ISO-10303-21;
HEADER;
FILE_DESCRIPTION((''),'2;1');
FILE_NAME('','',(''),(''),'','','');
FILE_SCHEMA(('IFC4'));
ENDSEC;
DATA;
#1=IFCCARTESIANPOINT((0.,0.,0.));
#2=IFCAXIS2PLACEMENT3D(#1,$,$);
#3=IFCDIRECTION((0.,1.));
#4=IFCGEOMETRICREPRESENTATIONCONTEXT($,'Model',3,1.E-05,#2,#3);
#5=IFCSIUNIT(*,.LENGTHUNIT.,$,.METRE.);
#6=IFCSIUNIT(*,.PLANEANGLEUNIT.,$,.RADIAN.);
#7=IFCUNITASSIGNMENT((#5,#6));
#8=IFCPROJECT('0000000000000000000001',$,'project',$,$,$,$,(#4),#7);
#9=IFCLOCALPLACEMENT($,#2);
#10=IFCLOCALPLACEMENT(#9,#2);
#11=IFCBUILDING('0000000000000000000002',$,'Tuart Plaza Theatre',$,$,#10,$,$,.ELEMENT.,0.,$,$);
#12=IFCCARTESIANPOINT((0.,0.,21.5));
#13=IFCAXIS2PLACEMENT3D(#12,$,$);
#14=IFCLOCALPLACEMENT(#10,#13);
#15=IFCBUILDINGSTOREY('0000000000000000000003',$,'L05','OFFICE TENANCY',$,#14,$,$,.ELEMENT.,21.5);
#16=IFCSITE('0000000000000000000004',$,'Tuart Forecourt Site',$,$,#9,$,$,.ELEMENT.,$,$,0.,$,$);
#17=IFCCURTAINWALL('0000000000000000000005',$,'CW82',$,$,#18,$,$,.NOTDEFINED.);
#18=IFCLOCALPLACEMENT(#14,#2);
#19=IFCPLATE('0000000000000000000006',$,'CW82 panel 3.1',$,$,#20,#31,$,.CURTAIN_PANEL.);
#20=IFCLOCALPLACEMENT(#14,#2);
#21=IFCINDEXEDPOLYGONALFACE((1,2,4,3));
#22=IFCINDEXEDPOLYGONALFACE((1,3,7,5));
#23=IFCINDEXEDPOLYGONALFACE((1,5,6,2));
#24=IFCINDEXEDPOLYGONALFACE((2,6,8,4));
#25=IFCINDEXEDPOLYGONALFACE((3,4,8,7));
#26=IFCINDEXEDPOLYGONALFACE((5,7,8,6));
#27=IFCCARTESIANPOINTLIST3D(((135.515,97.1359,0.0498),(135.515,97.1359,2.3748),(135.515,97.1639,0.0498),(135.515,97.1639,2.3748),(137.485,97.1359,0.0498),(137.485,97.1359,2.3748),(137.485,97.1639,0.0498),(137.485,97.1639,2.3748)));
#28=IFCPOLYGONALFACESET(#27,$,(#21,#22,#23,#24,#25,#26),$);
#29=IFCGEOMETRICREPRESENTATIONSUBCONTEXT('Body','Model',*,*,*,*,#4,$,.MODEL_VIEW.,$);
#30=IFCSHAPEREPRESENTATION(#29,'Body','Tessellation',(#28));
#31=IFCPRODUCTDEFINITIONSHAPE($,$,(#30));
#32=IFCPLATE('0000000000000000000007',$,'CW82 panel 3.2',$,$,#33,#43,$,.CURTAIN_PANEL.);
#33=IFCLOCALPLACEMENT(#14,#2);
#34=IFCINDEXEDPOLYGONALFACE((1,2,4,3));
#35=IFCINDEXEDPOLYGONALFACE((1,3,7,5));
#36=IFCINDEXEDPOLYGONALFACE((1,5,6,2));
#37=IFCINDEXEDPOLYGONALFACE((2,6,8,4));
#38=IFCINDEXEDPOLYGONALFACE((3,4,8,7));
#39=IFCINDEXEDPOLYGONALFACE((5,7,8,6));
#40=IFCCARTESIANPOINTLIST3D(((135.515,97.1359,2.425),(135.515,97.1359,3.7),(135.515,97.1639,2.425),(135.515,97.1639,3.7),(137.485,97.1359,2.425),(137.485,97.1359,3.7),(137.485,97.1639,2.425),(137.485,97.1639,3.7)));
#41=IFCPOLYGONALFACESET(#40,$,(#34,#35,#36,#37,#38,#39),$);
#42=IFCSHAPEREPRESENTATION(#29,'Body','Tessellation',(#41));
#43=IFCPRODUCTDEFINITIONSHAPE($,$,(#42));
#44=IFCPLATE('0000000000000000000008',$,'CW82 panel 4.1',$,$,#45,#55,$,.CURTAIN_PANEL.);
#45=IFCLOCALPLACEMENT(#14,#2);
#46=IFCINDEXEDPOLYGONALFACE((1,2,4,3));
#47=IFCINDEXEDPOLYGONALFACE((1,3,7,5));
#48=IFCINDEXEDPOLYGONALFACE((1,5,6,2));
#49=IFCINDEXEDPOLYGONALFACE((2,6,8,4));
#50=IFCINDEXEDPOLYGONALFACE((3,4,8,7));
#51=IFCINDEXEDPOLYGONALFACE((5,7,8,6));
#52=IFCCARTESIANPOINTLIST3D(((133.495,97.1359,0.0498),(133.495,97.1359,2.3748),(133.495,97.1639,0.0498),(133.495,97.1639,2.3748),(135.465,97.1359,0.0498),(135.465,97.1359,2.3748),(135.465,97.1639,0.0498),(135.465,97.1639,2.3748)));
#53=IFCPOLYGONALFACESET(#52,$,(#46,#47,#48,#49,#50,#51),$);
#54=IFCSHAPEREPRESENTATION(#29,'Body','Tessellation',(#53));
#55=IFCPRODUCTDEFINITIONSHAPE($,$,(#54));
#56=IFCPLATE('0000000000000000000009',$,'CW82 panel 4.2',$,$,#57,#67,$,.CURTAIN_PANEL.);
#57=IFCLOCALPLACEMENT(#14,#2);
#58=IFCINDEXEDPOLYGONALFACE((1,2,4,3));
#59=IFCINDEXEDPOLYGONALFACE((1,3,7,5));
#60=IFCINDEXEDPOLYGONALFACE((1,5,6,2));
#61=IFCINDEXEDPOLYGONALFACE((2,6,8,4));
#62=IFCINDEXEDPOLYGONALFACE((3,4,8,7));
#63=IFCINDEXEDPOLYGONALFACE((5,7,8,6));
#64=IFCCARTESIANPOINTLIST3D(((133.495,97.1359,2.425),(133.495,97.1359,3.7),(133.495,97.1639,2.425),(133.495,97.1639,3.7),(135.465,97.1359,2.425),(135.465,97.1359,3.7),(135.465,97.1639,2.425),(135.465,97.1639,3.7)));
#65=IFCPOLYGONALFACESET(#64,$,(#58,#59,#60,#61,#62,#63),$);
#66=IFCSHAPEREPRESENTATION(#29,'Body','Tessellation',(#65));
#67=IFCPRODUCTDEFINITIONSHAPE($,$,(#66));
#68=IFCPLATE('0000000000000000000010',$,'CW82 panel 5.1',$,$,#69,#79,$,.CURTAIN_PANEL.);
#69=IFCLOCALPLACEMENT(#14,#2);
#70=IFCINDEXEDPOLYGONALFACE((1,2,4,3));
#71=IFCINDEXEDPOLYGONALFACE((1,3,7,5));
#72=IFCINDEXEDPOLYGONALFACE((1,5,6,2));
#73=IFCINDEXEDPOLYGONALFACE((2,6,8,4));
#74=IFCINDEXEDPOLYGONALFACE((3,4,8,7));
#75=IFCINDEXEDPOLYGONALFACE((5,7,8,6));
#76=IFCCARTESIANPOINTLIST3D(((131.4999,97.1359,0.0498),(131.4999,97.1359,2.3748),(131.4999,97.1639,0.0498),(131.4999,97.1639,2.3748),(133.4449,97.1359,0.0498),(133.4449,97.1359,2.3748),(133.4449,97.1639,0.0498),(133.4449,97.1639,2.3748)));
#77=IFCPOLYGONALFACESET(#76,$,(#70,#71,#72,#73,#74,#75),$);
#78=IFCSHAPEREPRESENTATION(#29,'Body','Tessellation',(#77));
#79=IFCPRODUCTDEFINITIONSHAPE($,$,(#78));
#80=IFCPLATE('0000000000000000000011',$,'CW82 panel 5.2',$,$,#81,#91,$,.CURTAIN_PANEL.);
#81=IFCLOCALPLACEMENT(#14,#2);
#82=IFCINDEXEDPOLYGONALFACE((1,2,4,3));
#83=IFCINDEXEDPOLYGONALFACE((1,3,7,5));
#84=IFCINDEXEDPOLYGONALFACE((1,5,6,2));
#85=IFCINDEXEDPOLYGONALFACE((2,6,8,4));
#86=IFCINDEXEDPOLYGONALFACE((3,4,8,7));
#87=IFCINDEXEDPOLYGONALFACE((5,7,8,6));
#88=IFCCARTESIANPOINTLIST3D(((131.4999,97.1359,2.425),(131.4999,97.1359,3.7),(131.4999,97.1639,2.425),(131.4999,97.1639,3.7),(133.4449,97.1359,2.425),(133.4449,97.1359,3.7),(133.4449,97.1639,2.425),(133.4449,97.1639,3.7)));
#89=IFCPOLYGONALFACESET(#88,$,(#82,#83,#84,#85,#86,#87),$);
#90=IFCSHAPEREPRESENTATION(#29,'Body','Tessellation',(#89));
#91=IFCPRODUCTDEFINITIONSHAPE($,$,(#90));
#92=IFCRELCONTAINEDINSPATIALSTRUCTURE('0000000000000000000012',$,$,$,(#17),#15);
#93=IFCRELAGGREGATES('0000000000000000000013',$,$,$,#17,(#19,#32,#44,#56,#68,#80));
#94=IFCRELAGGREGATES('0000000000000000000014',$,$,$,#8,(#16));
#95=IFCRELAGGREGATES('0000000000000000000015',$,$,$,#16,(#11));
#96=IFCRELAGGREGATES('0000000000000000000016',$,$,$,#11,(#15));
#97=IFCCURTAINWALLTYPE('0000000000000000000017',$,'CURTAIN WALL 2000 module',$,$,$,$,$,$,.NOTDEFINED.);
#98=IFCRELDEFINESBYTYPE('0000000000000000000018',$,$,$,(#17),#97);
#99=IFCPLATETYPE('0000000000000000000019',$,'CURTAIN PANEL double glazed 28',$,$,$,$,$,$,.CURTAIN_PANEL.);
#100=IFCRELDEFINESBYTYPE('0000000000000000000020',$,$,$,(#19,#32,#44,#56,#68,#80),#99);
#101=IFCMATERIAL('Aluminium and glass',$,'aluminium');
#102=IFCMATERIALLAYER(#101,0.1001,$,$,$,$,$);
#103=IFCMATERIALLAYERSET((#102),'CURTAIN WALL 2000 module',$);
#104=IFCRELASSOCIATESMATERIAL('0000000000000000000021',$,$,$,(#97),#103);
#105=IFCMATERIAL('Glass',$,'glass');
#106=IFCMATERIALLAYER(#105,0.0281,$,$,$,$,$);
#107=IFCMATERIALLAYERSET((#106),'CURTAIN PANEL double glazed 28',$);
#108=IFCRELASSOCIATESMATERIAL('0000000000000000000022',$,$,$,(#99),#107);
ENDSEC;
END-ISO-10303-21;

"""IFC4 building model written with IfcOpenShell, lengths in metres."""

from ifc_helpers import new_model, si_unit, direction, frame, origin, origin_2d, place, context, subcontext, project, spatial, rectangle, extrude, material, layer, layer_set, type_object, element, aggregate, save


model = new_model("IFC4")

# Units and contexts
model_context = context("Model", 3, precision=1e-05, world=origin(), true_north=direction((0.0, 1.0)))
body_context = subcontext(model_context, "Body", "Model", "MODEL_VIEW")
ifc_project = project(units=[si_unit("LENGTHUNIT", "METRE"), si_unit("PLANEANGLEUNIT", "RADIAN")], contexts=[model_context])

# Site, building, storey
site_placement = place(None, origin())
site = spatial("IfcSite", under=ifc_project, at=site_placement, Name="Tuart Forecourt Site", CompositionType="ELEMENT", RefElevation=0.0)
building_placement = place(site_placement, origin())
building = spatial("IfcBuilding", under=site, at=building_placement, Name="Tuart Plaza Theatre", CompositionType="ELEMENT", ElevationOfRefHeight=0.0)
storey_placement = place(building_placement, frame((0.0, 0.0, 21.5)))
storey = spatial("IfcBuildingStorey", under=building, at=storey_placement, Name="L05", Description="OFFICE TENANCY", CompositionType="ELEMENT", Elevation=21.5)

# Curtain wall
ifc_material_1 = material(Name="Aluminium and glass", Category="aluminium")
ifc_layer_1 = layer(ifc_material_1, 0.1001)
ifc_layer_set_1 = layer_set([ifc_layer_1], Name="CURTAIN WALL 2000 module")
curtain_wall_type = type_object("IfcCurtainWallType", Name="CURTAIN WALL 2000 module", PredefinedType="NOTDEFINED", material=ifc_layer_set_1)
curtain_wall_1_placement = place(storey_placement, origin())
curtain_wall_1 = element("IfcCurtainWall", 1, at=curtain_wall_1_placement, inside=storey, type_object=curtain_wall_type, Name="CW82", PredefinedType="NOTDEFINED")

# Plates
ifc_material_2 = material(Name="Glass", Category="glass")
ifc_layer_2 = layer(ifc_material_2, 0.0281)
ifc_layer_set_2 = layer_set([ifc_layer_2], Name="CURTAIN PANEL double glazed 28")
plate_type = type_object("IfcPlateType", Name="CURTAIN PANEL double glazed 28", PredefinedType="CURTAIN_PANEL", material=ifc_layer_set_2)
plate_1_placement = place(storey_placement, frame((136.5, 97.1499, 0.0498), z_axis=(0.0, 0.0, 1.0), x_axis=(-1.0, 0.0, 0.0)))
plate_1 = element("IfcPlate", 2, at=plate_1_placement, type_object=plate_type, Name="CW82 panel 3.1", PredefinedType="CURTAIN_PANEL", context=body_context, shape_type="SweptSolid", body=[
    extrude(rectangle(XDim=1.97, YDim=0.0281, at=origin_2d()), origin(), (0.0, 0.0, 1.0), 2.325),
])
plate_2_placement = place(storey_placement, frame((136.5, 97.1499, 2.425), z_axis=(0.0, 0.0, 1.0), x_axis=(-1.0, 0.0, 0.0)))
plate_2 = element("IfcPlate", 3, at=plate_2_placement, type_object=plate_type, Name="CW82 panel 3.2", PredefinedType="CURTAIN_PANEL", context=body_context, shape_type="SweptSolid", body=[
    extrude(rectangle(XDim=1.97, YDim=0.0281, at=origin_2d()), origin(), (0.0, 0.0, 1.0), 1.2749),
])
plate_3_placement = place(storey_placement, frame((134.48, 97.1499, 0.0498), z_axis=(0.0, 0.0, 1.0), x_axis=(-1.0, 0.0, 0.0)))
plate_3 = element("IfcPlate", 4, at=plate_3_placement, type_object=plate_type, Name="CW82 panel 4.1", PredefinedType="CURTAIN_PANEL", context=body_context, shape_type="SweptSolid", body=[
    extrude(rectangle(XDim=1.97, YDim=0.0281, at=origin_2d()), origin(), (0.0, 0.0, 1.0), 2.325),
])
plate_4_placement = place(storey_placement, frame((134.48, 97.1499, 2.425), z_axis=(0.0, 0.0, 1.0), x_axis=(-1.0, 0.0, 0.0)))
plate_4 = element("IfcPlate", 5, at=plate_4_placement, type_object=plate_type, Name="CW82 panel 4.2", PredefinedType="CURTAIN_PANEL", context=body_context, shape_type="SweptSolid", body=[
    extrude(rectangle(XDim=1.97, YDim=0.0281, at=origin_2d()), origin(), (0.0, 0.0, 1.0), 1.2749),
])
plate_5_placement = place(storey_placement, frame((132.4724, 97.1499, 0.0498), z_axis=(0.0, 0.0, 1.0), x_axis=(-1.0, 0.0, 0.0)))
plate_5 = element("IfcPlate", 6, at=plate_5_placement, type_object=plate_type, Name="CW82 panel 5.1", PredefinedType="CURTAIN_PANEL", context=body_context, shape_type="SweptSolid", body=[
    extrude(rectangle(XDim=1.9451, YDim=0.0281, at=origin_2d()), origin(), (0.0, 0.0, 1.0), 2.325),
])
plate_6_placement = place(storey_placement, frame((132.4724, 97.1499, 2.425), z_axis=(0.0, 0.0, 1.0), x_axis=(-1.0, 0.0, 0.0)))
plate_6 = element("IfcPlate", 7, at=plate_6_placement, type_object=plate_type, Name="CW82 panel 5.2", PredefinedType="CURTAIN_PANEL", context=body_context, shape_type="SweptSolid", body=[
    extrude(rectangle(XDim=1.9451, YDim=0.0281, at=origin_2d()), origin(), (0.0, 0.0, 1.0), 1.2749),
])
aggregate(curtain_wall_1, [plate_1, plate_2, plate_3, plate_4, plate_5, plate_6])

save(model, "model.ifc")
